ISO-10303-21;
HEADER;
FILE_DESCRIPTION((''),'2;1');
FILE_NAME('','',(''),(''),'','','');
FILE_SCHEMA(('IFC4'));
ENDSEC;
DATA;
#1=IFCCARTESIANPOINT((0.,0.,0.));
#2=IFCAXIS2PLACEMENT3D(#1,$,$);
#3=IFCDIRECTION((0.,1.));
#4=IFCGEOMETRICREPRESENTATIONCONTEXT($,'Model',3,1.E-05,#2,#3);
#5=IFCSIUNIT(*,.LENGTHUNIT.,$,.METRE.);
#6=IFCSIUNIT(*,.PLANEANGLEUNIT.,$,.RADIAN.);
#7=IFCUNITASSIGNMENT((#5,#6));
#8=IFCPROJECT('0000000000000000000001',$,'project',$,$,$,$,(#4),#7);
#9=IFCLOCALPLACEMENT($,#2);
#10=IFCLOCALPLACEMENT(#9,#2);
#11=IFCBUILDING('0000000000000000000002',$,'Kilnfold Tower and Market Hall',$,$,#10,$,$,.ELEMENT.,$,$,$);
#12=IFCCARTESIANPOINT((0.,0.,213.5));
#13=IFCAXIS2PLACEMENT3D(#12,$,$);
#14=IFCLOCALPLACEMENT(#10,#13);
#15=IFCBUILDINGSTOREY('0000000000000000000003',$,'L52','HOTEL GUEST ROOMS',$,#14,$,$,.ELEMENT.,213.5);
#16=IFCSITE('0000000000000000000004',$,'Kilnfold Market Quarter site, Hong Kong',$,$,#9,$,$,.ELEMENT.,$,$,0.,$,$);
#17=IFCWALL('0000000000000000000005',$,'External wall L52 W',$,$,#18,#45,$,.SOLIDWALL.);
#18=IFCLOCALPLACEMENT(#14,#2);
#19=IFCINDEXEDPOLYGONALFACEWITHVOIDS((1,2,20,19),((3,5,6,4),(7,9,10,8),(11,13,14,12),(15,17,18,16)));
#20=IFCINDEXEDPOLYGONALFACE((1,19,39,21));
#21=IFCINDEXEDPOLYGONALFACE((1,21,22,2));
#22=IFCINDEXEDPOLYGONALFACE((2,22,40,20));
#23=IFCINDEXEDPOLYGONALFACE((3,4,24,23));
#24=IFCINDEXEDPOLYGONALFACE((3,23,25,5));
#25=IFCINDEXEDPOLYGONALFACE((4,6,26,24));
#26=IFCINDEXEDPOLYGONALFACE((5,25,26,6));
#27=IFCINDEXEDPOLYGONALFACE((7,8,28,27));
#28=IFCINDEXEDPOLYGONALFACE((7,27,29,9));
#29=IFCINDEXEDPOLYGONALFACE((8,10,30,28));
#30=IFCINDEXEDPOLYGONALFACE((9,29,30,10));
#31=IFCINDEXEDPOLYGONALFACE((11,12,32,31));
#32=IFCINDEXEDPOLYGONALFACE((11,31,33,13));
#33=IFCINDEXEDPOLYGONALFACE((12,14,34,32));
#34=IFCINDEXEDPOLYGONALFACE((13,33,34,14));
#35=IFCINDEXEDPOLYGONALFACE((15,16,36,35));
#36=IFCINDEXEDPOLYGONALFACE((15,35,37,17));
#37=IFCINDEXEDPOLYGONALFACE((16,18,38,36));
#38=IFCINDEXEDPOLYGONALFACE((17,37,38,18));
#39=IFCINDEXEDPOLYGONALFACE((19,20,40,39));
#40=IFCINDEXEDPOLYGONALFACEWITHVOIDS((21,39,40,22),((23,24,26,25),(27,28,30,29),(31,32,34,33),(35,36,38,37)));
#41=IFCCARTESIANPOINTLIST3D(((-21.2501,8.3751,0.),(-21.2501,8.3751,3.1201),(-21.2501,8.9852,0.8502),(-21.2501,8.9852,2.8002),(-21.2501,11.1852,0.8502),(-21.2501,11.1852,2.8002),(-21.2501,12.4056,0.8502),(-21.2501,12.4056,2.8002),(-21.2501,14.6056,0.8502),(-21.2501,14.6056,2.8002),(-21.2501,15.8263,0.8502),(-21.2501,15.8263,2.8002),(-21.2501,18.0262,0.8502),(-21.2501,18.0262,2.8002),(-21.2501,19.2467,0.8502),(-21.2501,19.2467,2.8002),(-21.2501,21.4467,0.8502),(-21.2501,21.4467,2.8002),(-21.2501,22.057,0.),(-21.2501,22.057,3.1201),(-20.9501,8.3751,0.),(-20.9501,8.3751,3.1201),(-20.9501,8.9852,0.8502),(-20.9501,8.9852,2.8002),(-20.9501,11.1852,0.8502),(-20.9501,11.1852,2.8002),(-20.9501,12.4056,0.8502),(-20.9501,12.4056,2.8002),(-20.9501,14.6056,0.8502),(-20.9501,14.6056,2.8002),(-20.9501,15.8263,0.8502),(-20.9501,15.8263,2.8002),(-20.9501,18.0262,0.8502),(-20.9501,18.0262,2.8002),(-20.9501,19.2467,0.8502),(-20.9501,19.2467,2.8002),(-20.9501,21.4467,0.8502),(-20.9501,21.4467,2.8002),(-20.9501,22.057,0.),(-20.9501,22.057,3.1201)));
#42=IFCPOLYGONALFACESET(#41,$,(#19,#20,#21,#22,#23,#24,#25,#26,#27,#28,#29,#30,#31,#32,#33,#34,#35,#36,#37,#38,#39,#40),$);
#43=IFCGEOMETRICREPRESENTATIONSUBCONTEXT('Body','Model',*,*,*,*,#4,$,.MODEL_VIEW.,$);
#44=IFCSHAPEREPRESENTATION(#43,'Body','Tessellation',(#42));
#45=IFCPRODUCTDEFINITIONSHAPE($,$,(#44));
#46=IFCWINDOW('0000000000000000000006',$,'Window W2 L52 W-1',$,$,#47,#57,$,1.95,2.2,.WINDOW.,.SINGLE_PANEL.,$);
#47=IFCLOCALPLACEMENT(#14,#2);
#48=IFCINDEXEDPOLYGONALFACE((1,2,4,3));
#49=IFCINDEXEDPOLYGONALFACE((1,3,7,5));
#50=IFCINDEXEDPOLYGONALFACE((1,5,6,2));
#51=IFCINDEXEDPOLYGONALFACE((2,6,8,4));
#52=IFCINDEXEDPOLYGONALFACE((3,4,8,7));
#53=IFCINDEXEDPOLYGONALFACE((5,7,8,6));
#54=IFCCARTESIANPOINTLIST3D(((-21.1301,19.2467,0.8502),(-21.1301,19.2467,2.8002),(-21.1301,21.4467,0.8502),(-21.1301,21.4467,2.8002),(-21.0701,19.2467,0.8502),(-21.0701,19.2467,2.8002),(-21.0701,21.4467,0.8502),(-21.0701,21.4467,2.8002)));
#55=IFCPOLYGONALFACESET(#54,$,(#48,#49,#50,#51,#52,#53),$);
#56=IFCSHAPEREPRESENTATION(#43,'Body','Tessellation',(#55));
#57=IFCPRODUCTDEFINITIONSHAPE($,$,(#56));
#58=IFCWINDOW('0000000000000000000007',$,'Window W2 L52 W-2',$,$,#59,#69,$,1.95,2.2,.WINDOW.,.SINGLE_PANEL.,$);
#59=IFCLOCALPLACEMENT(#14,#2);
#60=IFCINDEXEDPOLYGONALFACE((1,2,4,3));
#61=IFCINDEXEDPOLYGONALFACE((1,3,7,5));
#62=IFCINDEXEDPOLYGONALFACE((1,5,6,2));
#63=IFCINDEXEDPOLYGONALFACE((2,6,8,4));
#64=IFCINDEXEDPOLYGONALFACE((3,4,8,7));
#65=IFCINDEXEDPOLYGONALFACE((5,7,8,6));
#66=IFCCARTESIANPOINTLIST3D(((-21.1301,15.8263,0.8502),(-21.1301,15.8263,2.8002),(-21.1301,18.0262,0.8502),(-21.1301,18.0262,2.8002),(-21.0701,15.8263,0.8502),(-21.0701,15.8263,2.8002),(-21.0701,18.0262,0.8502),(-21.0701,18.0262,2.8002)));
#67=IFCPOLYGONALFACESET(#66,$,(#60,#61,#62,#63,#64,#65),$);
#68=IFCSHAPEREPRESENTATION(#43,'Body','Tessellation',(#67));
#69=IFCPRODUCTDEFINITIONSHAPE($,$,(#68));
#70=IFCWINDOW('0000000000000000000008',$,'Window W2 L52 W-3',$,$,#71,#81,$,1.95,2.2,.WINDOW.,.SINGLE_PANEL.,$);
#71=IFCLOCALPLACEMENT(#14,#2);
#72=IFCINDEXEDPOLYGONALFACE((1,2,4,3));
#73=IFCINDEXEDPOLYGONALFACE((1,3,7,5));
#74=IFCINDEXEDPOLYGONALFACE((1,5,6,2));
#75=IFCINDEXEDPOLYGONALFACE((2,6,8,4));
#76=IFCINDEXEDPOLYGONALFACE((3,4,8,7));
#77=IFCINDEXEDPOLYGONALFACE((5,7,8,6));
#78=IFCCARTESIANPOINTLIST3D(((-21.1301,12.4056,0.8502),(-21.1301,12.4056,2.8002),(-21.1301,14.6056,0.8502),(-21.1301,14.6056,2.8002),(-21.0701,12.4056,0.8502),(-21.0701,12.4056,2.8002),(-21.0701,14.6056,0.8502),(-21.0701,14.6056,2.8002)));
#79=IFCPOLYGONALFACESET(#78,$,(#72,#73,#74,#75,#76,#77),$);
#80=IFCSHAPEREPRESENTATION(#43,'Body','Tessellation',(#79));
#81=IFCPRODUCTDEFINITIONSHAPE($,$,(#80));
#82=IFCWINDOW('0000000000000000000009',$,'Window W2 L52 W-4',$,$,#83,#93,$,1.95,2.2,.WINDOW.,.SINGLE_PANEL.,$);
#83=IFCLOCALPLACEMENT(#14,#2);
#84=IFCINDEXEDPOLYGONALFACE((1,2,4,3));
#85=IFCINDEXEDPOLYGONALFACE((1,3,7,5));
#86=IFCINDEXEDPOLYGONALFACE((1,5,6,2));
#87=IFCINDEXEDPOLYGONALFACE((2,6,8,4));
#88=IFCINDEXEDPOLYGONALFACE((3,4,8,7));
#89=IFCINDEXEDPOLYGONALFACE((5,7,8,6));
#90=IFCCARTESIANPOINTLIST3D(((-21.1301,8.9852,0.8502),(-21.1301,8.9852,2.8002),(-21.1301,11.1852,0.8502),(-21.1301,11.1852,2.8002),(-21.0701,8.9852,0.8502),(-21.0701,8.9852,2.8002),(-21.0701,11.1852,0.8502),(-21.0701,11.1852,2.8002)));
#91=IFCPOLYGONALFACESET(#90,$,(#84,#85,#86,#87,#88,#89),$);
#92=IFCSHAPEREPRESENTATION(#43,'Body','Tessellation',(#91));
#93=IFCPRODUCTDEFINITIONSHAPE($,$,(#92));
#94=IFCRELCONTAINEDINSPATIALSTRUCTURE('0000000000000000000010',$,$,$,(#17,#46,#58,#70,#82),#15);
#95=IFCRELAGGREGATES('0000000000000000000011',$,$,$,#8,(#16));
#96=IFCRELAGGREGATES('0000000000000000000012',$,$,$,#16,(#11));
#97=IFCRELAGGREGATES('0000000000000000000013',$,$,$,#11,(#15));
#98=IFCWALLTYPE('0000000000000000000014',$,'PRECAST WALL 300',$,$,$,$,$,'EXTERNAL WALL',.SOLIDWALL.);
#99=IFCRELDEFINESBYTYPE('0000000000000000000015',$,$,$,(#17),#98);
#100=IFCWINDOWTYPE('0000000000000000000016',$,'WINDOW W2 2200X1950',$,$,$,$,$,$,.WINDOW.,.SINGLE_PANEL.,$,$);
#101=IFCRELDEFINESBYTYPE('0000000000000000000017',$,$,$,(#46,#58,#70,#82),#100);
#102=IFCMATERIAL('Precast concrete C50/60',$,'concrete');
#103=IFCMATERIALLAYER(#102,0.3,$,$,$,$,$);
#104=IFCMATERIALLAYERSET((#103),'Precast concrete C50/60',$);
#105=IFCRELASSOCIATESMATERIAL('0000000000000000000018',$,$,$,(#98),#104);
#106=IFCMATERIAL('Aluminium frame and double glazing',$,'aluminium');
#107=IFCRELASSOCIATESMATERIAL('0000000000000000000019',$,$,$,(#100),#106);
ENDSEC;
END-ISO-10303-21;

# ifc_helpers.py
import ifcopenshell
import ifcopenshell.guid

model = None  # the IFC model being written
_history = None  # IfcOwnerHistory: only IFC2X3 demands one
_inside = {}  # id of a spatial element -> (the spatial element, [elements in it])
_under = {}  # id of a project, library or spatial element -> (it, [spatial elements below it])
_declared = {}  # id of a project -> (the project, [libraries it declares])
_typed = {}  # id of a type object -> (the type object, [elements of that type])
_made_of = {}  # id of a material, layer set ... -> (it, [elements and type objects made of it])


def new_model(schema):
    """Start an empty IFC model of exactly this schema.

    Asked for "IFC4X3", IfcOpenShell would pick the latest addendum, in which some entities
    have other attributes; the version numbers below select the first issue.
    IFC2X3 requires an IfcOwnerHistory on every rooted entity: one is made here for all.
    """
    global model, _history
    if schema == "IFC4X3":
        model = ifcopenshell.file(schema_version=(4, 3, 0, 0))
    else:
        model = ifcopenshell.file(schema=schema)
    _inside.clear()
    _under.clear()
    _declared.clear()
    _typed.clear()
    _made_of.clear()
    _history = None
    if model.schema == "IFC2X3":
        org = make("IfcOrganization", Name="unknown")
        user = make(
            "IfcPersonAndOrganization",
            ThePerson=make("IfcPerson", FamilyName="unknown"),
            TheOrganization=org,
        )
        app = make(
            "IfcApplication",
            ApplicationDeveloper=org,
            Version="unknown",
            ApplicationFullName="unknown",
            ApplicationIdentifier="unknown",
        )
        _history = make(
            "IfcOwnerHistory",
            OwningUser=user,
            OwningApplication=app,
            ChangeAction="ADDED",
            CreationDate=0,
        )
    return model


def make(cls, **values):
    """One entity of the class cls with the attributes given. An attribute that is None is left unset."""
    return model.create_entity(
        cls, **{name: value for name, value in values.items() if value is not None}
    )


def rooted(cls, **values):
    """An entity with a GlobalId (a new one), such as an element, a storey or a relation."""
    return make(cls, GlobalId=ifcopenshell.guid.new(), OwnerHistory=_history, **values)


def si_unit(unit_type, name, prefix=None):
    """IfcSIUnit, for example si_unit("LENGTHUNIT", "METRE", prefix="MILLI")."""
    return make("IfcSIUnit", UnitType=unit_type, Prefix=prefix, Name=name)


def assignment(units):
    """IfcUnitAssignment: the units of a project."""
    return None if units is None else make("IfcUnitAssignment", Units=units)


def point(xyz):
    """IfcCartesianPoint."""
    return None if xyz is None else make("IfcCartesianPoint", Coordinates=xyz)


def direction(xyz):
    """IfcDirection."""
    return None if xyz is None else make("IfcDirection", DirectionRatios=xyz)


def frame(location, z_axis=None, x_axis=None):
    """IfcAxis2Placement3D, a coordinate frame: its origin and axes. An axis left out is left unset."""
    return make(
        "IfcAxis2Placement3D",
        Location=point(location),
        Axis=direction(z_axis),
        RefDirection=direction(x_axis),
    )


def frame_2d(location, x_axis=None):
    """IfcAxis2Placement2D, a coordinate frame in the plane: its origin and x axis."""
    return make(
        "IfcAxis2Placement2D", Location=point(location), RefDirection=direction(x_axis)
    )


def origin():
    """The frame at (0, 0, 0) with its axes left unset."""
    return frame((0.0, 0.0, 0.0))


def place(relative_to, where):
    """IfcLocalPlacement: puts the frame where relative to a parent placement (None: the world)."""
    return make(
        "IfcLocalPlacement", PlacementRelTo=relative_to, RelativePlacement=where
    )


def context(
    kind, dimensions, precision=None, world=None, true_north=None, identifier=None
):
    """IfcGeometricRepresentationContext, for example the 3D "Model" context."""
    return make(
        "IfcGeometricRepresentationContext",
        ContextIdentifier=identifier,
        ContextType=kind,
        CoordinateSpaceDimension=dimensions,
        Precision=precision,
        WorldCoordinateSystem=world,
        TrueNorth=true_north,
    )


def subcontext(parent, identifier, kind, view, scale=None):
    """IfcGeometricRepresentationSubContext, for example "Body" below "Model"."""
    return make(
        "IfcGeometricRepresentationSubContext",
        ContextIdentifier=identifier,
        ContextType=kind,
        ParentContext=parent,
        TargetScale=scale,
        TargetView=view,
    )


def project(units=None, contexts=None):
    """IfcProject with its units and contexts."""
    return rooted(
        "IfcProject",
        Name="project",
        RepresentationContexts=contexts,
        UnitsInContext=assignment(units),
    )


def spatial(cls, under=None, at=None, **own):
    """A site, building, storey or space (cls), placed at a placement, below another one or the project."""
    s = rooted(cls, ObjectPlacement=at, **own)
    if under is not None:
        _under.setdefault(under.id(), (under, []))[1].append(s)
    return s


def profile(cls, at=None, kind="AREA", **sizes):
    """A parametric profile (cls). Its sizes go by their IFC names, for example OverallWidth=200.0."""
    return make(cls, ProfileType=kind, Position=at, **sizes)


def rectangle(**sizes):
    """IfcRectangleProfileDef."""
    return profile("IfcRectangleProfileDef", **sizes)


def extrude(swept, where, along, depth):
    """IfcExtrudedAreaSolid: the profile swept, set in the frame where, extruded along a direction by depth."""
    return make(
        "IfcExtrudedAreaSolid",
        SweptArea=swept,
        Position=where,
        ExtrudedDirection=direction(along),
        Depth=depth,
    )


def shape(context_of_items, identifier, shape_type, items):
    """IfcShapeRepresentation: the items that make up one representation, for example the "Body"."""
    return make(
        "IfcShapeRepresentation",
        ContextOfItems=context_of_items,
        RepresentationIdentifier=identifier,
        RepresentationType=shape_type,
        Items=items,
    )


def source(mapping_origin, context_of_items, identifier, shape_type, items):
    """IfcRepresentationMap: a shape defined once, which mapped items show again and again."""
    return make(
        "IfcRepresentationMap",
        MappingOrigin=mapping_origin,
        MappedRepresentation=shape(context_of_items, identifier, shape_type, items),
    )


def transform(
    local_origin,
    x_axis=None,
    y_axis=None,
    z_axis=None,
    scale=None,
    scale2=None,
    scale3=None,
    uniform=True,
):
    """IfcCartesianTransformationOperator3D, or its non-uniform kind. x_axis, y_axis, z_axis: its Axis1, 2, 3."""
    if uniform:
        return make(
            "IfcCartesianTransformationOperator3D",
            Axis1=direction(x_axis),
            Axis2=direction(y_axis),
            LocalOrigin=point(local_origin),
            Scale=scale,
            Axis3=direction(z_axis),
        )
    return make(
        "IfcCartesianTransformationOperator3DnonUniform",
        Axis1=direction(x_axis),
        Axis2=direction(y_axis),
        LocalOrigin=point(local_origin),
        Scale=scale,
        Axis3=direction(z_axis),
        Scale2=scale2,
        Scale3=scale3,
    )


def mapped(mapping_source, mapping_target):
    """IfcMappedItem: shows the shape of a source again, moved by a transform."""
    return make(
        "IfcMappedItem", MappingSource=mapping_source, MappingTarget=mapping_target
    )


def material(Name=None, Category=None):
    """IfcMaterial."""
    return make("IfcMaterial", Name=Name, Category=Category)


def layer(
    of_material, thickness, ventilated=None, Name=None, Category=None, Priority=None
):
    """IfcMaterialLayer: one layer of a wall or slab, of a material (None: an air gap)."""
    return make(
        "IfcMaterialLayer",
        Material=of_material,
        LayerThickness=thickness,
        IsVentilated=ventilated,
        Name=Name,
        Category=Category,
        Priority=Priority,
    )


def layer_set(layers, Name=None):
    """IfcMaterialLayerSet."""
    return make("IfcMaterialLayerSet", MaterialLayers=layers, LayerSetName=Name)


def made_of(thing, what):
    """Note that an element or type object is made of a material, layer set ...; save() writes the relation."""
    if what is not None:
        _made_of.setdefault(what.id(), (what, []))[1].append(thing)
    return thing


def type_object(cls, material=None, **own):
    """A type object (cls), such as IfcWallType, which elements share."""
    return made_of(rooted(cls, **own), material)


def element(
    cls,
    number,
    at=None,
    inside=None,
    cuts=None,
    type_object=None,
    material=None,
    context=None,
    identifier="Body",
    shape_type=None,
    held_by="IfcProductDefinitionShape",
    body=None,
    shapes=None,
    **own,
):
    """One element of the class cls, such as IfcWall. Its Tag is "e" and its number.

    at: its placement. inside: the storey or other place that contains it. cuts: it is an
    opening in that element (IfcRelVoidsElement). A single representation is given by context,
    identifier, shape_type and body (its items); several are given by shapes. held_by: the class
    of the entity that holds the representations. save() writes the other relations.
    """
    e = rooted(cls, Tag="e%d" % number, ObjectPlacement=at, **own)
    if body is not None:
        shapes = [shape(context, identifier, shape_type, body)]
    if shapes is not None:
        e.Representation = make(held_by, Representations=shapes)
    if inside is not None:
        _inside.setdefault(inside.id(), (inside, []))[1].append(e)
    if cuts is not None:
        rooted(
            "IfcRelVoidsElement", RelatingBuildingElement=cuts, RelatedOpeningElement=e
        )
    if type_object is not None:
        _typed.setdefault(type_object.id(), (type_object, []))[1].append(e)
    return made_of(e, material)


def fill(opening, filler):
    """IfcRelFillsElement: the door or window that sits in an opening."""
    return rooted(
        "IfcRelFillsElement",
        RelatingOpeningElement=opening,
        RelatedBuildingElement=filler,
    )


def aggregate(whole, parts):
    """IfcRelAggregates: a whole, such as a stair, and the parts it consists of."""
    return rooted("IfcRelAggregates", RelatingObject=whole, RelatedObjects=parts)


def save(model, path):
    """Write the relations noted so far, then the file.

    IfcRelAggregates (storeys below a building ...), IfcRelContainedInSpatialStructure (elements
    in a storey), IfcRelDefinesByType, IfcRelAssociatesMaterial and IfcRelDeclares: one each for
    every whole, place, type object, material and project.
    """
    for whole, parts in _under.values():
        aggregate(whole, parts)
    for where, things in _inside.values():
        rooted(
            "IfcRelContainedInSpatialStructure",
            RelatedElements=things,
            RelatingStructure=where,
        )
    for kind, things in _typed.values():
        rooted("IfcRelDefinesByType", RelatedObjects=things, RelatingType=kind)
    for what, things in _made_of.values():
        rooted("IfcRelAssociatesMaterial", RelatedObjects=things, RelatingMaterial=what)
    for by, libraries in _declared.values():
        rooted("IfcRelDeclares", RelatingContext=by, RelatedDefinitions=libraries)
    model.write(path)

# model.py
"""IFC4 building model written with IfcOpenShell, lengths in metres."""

from ifc_helpers import new_model, si_unit, direction, frame, frame_2d, origin, place, context, subcontext, project, spatial, rectangle, extrude, source, transform, mapped, material, layer, layer_set, type_object, element, fill, save


model = new_model("IFC4")

# Units and contexts
model_context = context("Model", 3, precision=1e-05, world=origin(), true_north=direction((0.0, 1.0)))
body_context = subcontext(model_context, "Body", "Model", "MODEL_VIEW")
ifc_project = project(units=[si_unit("LENGTHUNIT", "METRE"), si_unit("PLANEANGLEUNIT", "RADIAN")], contexts=[model_context])

# Site, building, storey
site_placement = place(None, origin())
site = spatial("IfcSite", under=ifc_project, at=site_placement, Name="Kilnfold Market Quarter site, Hong Kong", CompositionType="ELEMENT", RefElevation=0.0)
building_placement = place(site_placement, origin())
building = spatial("IfcBuilding", under=site, at=building_placement, Name="Kilnfold Tower and Market Hall", CompositionType="ELEMENT")
storey_placement = place(building_placement, frame((0.0, 0.0, 213.5)))
storey = spatial("IfcBuildingStorey", under=building, at=storey_placement, Name="L52", Description="HOTEL GUEST ROOMS", CompositionType="ELEMENT", Elevation=213.5)

# Shared definitions
ifc_material_1 = material(Name="Precast concrete C50/60", Category="concrete")
ifc_layer_1 = layer(ifc_material_1, 0.3)
ifc_layer_set_1 = layer_set([ifc_layer_1], Name="Precast concrete C50/60")
wall_type_1 = type_object("IfcWallType", Name="PRECAST WALL 300", ElementType="EXTERNAL WALL", PredefinedType="SOLIDWALL", material=ifc_layer_set_1)
ifc_material_2 = material(Name="Aluminium frame and double glazing", Category="aluminium")
window_type = type_object("IfcWindowType", Name="WINDOW W2 2200X1950", PartitioningType="SINGLE_PANEL", PredefinedType="WINDOW", material=ifc_material_2)

# Wall, openings, windows
shared_shape_1 = source(origin(), body_context, "Body", "SweptSolid", [
    extrude(rectangle(XDim=13.6819, YDim=0.3, at=frame_2d((6.8408, 0.0))), origin(), (0.0, 0.0, 1.0), 3.1201),
])
wall_1_placement = place(storey_placement, frame((-21.1001, 22.0569, 0.0), z_axis=(0.0, 0.0, 1.0), x_axis=(0.0, -1.0, 0.0)))
wall_1 = element("IfcWall", 1, at=wall_1_placement, inside=storey, type_object=wall_type_1, Name="External wall L52 W", PredefinedType="SOLIDWALL", context=body_context, shape_type="MappedRepresentation", body=[
    mapped(shared_shape_1, transform((0.0, 0.0, 0.0))),
])
opening_1_placement = place(wall_1_placement, frame((0.6101, 0.0, 0.8501)))
opening_1 = element("IfcOpeningElement", 2, at=opening_1_placement, cuts=wall_1, PredefinedType="OPENING", context=body_context, shape_type="SweptSolid", body=[
    extrude(rectangle(XDim=2.2, YDim=1.95, at=frame_2d((1.1001, 0.9751))), frame((0.0, 0.1602, 0.0), z_axis=(0.0, -1.0, 0.0), x_axis=(1.0, 0.0, 0.0)), (0.0, 0.0, 1.0), 0.3201),
])
opening_2_placement = place(wall_1_placement, frame((4.0305, 0.0, 0.8501)))
opening_2 = element("IfcOpeningElement", 3, at=opening_2_placement, cuts=wall_1, PredefinedType="OPENING", context=body_context, shape_type="SweptSolid", body=[
    extrude(rectangle(XDim=2.2, YDim=1.95, at=frame_2d((1.1001, 0.9751))), frame((0.0, 0.1602, 0.0), z_axis=(0.0, -1.0, 0.0), x_axis=(1.0, 0.0, 0.0)), (0.0, 0.0, 1.0), 0.3201),
])
opening_3_placement = place(wall_1_placement, frame((7.4512, 0.0, 0.8501)))
opening_3 = element("IfcOpeningElement", 4, at=opening_3_placement, cuts=wall_1, PredefinedType="OPENING", context=body_context, shape_type="SweptSolid", body=[
    extrude(rectangle(XDim=2.2, YDim=1.95, at=frame_2d((1.1001, 0.9751))), frame((0.0, 0.1602, 0.0), z_axis=(0.0, -1.0, 0.0), x_axis=(1.0, 0.0, 0.0)), (0.0, 0.0, 1.0), 0.3201),
])
opening_4_placement = place(wall_1_placement, frame((10.8716, 0.0, 0.8501)))
opening_4 = element("IfcOpeningElement", 5, at=opening_4_placement, cuts=wall_1, PredefinedType="OPENING", context=body_context, shape_type="SweptSolid", body=[
    extrude(rectangle(XDim=2.2, YDim=1.95, at=frame_2d((1.1001, 0.9751))), frame((0.0, 0.1602, 0.0), z_axis=(0.0, -1.0, 0.0), x_axis=(1.0, 0.0, 0.0)), (0.0, 0.0, 1.0), 0.3201),
])
window_1_placement = place(opening_1_placement, origin())
window_1 = element("IfcWindow", 6, at=window_1_placement, inside=storey, type_object=window_type, Name="Window W2 L52 W-1", OverallHeight=1.95, OverallWidth=2.2, PartitioningType="SINGLE_PANEL", PredefinedType="WINDOW", context=body_context, shape_type="SweptSolid", body=[
    extrude(rectangle(XDim=2.2, YDim=1.95, at=frame_2d((1.1001, 0.9751))), frame((0.0, 0.03, 0.0), z_axis=(0.0, -1.0, 0.0), x_axis=(1.0, 0.0, 0.0)), (0.0, 0.0, 1.0), 0.0601),
])
fill(opening_1, window_1)
window_2_placement = place(opening_2_placement, origin())
window_2 = element("IfcWindow", 7, at=window_2_placement, inside=storey, type_object=window_type, Name="Window W2 L52 W-2", OverallHeight=1.95, OverallWidth=2.2, PartitioningType="SINGLE_PANEL", PredefinedType="WINDOW", context=body_context, shape_type="SweptSolid", body=[
    extrude(rectangle(XDim=2.2, YDim=1.95, at=frame_2d((1.1001, 0.9751))), frame((0.0, 0.03, 0.0), z_axis=(0.0, -1.0, 0.0), x_axis=(1.0, 0.0, 0.0)), (0.0, 0.0, 1.0), 0.0601),
])
fill(opening_2, window_2)
window_3_placement = place(opening_3_placement, origin())
window_3 = element("IfcWindow", 8, at=window_3_placement, inside=storey, type_object=window_type, Name="Window W2 L52 W-3", OverallHeight=1.95, OverallWidth=2.2, PartitioningType="SINGLE_PANEL", PredefinedType="WINDOW", context=body_context, shape_type="SweptSolid", body=[
    extrude(rectangle(XDim=2.2, YDim=1.95, at=frame_2d((1.1001, 0.9751))), frame((0.0, 0.03, 0.0), z_axis=(0.0, -1.0, 0.0), x_axis=(1.0, 0.0, 0.0)), (0.0, 0.0, 1.0), 0.0601),
])
fill(opening_3, window_3)
window_4_placement = place(opening_4_placement, origin())
window_4 = element("IfcWindow", 9, at=window_4_placement, inside=storey, type_object=window_type, Name="Window W2 L52 W-4", OverallHeight=1.95, OverallWidth=2.2, PartitioningType="SINGLE_PANEL", PredefinedType="WINDOW", context=body_context, shape_type="SweptSolid", body=[
    extrude(rectangle(XDim=2.2, YDim=1.95, at=frame_2d((1.1001, 0.9751))), frame((0.0, 0.03, 0.0), z_axis=(0.0, -1.0, 0.0), x_axis=(1.0, 0.0, 0.0)), (0.0, 0.0, 1.0), 0.0601),
])
fill(opening_4, window_4)

save(model, "model.ifc")
